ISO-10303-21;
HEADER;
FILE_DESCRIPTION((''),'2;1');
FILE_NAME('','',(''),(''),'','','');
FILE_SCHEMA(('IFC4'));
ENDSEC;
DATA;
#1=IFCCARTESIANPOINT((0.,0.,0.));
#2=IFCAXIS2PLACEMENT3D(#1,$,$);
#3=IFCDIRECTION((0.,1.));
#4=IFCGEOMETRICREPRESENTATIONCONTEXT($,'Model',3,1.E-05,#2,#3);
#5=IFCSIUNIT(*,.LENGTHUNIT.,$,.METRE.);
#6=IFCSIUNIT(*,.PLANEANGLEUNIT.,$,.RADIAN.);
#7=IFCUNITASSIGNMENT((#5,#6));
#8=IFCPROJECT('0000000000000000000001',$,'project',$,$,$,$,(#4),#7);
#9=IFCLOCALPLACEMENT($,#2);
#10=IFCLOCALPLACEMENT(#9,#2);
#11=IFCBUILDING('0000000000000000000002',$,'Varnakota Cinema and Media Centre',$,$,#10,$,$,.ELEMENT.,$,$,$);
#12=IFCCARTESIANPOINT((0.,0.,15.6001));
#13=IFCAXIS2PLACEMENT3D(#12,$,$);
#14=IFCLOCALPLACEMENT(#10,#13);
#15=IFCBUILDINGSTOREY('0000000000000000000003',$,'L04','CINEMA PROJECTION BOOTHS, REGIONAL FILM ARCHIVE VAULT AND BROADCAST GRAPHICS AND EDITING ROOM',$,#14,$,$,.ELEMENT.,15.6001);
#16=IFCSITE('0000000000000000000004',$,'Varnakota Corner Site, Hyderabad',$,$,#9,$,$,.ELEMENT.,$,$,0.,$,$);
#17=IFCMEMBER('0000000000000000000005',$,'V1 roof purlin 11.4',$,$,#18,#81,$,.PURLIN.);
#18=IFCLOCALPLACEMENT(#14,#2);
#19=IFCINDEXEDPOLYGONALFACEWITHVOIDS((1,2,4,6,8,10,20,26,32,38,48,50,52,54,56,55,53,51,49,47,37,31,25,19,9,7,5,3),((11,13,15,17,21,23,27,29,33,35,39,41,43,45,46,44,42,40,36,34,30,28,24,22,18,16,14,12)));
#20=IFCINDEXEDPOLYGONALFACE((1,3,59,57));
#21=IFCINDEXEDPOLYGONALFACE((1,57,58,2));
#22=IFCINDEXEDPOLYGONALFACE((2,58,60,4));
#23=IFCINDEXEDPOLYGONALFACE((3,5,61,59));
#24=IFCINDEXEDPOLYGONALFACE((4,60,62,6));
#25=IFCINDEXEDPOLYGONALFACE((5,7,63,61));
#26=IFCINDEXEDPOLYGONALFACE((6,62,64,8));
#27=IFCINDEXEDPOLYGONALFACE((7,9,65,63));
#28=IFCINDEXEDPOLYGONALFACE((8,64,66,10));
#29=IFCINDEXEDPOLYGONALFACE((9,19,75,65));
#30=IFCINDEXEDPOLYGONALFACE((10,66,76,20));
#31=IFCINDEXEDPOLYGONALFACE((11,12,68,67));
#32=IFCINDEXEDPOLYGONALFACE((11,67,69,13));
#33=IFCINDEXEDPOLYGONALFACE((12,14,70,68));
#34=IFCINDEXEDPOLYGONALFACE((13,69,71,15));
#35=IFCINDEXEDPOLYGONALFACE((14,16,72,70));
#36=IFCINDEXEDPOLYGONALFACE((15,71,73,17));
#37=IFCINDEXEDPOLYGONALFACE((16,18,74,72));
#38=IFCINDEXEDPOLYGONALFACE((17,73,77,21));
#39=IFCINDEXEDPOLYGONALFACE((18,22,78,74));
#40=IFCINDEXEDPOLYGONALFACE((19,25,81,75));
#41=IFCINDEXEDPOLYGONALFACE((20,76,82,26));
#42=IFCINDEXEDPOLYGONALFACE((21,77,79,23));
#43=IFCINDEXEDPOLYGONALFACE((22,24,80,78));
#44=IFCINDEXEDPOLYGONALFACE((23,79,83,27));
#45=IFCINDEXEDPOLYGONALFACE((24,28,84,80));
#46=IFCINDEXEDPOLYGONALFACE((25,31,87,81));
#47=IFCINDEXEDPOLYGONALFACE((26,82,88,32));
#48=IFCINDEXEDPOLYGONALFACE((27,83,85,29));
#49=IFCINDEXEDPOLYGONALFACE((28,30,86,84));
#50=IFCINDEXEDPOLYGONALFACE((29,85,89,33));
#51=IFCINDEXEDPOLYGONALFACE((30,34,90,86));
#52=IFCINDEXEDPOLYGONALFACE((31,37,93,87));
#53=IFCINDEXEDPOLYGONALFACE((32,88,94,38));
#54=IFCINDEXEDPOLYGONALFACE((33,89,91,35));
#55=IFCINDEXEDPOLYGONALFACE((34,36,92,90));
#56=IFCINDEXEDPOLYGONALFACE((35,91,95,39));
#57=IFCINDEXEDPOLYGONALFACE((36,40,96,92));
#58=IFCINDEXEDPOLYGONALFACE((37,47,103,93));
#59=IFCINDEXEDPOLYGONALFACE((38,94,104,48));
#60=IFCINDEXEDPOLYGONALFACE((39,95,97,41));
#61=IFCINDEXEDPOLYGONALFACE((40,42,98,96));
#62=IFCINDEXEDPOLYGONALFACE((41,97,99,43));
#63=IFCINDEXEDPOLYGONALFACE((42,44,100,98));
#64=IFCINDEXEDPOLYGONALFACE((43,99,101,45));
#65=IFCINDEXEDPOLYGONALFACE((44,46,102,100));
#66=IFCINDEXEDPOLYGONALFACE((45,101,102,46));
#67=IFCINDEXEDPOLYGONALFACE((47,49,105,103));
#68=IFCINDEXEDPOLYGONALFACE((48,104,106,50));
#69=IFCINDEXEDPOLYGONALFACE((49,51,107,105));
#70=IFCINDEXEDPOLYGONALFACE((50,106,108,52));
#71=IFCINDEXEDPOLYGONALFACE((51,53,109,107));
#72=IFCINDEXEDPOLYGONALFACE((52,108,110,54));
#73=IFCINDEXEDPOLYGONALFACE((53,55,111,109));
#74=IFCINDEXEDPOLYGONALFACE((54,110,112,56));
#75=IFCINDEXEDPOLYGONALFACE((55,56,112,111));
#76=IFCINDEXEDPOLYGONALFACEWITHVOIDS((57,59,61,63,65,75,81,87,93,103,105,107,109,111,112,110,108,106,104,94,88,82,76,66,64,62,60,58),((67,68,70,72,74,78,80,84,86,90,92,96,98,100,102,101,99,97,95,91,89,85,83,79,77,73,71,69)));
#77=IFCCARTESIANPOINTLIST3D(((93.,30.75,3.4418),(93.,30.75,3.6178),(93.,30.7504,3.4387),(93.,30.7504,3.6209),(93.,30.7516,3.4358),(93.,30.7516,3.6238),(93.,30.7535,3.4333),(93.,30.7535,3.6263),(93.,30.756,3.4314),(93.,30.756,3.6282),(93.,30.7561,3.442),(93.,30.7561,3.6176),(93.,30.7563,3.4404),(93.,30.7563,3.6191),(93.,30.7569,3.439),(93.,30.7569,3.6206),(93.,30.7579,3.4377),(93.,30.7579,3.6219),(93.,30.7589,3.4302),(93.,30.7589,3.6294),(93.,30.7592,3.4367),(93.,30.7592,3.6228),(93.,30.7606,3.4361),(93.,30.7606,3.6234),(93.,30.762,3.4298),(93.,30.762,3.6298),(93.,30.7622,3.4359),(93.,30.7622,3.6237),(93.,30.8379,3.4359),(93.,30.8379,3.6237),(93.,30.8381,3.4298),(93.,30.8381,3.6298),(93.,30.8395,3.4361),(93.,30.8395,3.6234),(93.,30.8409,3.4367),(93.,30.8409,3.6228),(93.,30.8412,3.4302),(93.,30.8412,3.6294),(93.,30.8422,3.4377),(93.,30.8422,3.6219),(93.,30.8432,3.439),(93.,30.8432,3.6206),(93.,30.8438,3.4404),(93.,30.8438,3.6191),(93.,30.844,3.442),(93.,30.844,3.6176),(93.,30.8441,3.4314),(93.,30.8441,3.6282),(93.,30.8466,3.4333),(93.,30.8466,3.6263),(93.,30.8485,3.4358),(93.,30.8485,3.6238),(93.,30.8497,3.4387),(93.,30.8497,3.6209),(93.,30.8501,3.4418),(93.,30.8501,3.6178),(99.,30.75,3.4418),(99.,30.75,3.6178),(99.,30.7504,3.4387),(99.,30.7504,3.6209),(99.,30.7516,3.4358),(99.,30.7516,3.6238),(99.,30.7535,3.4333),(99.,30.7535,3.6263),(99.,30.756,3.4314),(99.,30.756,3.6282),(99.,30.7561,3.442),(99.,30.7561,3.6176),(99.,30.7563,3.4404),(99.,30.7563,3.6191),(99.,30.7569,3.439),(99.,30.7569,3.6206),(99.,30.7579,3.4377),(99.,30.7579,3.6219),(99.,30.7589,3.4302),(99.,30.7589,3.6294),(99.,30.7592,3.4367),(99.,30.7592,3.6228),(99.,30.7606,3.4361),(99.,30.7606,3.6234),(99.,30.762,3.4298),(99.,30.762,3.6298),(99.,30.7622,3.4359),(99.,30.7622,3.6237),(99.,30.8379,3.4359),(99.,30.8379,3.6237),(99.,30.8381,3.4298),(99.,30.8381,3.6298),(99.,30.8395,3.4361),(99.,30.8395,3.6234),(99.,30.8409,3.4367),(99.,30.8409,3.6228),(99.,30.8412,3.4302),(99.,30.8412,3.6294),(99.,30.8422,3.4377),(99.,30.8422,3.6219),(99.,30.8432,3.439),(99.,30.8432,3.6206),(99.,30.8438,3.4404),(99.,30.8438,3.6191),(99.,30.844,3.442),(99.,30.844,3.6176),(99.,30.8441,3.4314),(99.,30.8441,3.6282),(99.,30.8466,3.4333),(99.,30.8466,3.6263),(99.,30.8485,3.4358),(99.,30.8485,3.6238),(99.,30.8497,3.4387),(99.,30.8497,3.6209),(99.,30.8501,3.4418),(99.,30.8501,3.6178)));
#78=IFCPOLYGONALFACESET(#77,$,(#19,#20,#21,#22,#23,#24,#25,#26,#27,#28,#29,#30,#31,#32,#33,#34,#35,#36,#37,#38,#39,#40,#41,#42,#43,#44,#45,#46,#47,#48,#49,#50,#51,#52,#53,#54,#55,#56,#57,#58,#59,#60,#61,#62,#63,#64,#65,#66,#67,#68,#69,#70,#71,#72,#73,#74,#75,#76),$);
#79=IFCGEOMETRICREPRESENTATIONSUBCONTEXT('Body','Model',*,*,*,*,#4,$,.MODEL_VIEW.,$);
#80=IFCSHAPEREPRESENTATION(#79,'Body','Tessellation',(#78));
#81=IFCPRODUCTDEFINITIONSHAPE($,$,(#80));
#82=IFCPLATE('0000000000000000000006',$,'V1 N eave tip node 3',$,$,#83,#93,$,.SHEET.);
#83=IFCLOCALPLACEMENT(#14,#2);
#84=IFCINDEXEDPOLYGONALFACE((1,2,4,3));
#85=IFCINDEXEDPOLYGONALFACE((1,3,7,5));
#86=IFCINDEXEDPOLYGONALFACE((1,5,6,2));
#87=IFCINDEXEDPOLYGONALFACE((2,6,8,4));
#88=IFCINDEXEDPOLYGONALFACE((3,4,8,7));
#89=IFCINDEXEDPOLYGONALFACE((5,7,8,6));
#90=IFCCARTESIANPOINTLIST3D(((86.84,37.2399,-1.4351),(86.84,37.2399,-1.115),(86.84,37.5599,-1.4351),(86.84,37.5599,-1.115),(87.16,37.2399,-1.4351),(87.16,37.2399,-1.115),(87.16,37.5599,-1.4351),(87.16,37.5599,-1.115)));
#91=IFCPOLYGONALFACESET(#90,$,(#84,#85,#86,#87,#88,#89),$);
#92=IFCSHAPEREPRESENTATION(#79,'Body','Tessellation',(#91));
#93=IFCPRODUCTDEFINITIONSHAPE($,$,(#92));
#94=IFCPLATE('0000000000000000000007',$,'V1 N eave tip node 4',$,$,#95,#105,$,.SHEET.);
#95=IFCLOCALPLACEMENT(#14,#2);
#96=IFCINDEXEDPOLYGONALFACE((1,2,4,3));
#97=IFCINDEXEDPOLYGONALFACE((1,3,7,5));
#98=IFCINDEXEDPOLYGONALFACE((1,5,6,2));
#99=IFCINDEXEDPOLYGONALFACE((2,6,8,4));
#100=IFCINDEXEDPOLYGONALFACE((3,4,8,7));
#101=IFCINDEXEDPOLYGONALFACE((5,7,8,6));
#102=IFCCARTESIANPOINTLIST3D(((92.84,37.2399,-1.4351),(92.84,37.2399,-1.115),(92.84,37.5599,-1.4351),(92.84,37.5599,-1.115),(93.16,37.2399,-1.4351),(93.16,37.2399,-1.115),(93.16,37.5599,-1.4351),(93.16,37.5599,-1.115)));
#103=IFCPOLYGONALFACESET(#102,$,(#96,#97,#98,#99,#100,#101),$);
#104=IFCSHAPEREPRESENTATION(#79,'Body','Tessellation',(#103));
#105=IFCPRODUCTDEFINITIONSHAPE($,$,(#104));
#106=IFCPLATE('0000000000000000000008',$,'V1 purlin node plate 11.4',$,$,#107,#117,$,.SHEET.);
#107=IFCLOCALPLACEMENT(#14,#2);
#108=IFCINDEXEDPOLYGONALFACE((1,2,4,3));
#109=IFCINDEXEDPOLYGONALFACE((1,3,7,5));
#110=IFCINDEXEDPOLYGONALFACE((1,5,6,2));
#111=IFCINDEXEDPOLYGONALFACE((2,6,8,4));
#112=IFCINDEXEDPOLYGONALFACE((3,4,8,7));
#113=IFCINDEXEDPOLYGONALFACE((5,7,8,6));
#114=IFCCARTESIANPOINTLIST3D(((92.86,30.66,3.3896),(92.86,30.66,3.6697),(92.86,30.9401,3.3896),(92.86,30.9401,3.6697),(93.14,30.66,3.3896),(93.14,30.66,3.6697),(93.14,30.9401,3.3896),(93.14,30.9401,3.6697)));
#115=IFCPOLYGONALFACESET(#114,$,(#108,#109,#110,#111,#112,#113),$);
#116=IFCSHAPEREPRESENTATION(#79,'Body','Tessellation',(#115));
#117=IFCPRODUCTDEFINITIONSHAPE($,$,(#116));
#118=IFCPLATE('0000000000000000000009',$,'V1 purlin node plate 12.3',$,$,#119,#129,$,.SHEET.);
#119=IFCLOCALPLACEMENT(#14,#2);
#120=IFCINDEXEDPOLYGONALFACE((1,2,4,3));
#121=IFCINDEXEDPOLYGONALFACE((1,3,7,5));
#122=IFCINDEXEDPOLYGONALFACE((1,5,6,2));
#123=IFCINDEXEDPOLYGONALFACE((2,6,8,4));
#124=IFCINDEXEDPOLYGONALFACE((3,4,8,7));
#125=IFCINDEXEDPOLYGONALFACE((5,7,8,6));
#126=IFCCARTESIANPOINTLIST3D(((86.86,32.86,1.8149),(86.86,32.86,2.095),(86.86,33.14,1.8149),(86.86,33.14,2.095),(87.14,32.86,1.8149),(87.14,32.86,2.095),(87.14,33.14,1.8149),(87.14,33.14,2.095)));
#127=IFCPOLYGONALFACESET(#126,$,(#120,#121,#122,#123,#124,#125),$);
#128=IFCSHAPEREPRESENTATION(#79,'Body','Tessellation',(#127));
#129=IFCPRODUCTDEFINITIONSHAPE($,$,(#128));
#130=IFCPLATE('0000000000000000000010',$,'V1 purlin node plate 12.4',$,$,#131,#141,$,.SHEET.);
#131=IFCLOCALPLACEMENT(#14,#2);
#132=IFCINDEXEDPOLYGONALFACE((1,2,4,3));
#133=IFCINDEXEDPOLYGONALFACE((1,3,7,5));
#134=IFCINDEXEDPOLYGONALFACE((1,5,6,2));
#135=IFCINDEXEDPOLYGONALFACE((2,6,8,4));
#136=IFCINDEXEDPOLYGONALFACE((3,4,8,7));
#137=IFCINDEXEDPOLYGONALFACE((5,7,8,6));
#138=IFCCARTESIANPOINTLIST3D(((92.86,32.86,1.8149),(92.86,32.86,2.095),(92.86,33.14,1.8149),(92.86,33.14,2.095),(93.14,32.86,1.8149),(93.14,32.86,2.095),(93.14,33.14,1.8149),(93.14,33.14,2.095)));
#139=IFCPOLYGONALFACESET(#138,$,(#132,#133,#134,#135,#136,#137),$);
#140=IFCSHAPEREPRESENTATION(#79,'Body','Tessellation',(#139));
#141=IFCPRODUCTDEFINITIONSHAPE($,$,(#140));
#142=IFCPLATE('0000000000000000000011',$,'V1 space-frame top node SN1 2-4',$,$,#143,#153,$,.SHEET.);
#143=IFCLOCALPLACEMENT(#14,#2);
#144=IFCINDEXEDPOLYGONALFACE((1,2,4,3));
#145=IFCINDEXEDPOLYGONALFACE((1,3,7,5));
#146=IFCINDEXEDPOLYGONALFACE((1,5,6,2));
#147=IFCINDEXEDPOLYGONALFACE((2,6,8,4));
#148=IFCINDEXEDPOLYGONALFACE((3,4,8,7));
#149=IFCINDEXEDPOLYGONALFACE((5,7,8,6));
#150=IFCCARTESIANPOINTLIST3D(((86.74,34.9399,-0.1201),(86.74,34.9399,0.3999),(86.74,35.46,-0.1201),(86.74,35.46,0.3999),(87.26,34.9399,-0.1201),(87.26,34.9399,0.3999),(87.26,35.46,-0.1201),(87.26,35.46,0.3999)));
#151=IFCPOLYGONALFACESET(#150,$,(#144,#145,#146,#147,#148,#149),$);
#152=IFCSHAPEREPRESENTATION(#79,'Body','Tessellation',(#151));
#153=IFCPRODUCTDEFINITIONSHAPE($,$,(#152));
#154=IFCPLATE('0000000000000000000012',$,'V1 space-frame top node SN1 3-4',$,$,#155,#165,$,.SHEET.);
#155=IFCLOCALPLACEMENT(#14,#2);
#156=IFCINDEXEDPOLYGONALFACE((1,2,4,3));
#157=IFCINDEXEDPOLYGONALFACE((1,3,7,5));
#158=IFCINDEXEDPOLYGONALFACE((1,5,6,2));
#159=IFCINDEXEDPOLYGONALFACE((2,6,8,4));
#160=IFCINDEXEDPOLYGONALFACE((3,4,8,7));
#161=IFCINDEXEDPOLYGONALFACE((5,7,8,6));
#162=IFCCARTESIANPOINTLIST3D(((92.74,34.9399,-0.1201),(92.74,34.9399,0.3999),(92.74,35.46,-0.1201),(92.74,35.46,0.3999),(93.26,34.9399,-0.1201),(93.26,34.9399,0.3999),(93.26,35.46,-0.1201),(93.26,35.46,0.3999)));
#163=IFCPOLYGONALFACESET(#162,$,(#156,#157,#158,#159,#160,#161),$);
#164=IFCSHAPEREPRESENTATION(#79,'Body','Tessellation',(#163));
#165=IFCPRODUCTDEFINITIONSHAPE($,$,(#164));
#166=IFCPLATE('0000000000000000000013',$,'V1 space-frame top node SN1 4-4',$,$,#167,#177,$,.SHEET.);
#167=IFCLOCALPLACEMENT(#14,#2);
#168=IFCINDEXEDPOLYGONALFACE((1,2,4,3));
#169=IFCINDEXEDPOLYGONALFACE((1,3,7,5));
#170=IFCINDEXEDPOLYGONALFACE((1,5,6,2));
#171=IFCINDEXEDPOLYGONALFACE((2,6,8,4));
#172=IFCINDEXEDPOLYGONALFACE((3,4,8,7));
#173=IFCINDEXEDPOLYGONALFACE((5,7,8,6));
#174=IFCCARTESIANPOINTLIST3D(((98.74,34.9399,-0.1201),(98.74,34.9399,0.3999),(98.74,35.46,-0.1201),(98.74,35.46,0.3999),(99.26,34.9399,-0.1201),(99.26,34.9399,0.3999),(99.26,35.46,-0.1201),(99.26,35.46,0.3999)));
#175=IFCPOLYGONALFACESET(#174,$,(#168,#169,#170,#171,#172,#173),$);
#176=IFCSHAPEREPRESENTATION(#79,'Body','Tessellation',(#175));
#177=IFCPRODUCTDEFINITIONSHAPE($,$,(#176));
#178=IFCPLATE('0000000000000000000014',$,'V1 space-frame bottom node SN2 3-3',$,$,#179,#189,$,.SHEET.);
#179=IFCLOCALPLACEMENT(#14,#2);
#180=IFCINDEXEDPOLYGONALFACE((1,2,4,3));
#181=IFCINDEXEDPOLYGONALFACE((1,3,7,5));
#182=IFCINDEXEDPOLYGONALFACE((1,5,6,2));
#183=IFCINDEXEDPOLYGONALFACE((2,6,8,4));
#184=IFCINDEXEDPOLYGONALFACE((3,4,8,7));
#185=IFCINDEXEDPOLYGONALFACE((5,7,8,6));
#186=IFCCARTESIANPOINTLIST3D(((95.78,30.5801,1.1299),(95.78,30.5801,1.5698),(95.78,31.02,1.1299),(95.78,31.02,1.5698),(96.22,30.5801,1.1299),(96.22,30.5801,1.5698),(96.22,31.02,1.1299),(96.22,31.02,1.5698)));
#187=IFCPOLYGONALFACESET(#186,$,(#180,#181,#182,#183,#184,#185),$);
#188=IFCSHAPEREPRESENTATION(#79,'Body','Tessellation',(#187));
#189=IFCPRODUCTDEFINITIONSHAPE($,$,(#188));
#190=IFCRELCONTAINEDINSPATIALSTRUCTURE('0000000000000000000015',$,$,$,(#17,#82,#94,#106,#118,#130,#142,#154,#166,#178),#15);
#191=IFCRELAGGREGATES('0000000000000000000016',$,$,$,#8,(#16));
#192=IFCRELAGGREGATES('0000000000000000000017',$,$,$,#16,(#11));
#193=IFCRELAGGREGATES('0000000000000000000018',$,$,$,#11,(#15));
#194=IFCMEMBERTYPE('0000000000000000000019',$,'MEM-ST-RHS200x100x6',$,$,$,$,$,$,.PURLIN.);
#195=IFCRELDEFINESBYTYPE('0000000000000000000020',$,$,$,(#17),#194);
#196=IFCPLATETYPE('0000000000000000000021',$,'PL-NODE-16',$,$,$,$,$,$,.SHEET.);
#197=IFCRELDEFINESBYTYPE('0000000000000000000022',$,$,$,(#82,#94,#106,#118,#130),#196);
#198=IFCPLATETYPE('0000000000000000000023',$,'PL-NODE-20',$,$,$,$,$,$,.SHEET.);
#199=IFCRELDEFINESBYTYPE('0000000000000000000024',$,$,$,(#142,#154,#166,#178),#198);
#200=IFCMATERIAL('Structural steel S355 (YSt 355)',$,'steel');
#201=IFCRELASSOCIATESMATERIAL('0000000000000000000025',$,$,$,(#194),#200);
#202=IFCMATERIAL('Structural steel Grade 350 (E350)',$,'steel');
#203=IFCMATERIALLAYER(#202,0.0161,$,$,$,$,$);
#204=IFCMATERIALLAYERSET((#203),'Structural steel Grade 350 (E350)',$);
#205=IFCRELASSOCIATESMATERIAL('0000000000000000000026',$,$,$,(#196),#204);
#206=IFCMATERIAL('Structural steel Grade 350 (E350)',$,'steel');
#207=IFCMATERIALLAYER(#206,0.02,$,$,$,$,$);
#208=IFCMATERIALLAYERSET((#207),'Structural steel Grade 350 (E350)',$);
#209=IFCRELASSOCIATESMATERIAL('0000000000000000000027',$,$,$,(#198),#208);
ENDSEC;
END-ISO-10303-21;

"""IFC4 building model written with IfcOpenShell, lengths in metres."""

from ifc_helpers import new_model, si_unit, direction, frame, origin, origin_2d, place, context, subcontext, project, spatial, rectangle, hollow_rectangle, extrude, material, layer, layer_set, material_profile, profile_set, type_object, element, save


model = new_model("IFC4")

# Units and contexts
model_context = context("Model", 3, precision=1e-05, world=origin(), true_north=direction((0.0, 1.0)))
body_context = subcontext(model_context, "Body", "Model", "MODEL_VIEW")
ifc_project = project(units=[si_unit("LENGTHUNIT", "METRE"), si_unit("PLANEANGLEUNIT", "RADIAN")], contexts=[model_context])

# Site, building, storey
site_placement = place(None, origin())
site = spatial("IfcSite", under=ifc_project, at=site_placement, Name="Varnakota Corner Site, Hyderabad", CompositionType="ELEMENT", RefElevation=0.0)
building_placement = place(site_placement, origin())
building = spatial("IfcBuilding", under=site, at=building_placement, Name="Varnakota Cinema and Media Centre", CompositionType="ELEMENT")
storey_placement = place(building_placement, frame((0.0, 0.0, 15.6001)))
storey = spatial("IfcBuildingStorey", under=building, at=storey_placement, Name="L04", Description="CINEMA PROJECTION BOOTHS, REGIONAL FILM ARCHIVE VAULT AND BROADCAST GRAPHICS AND EDITING ROOM", CompositionType="ELEMENT", Elevation=15.6001)

# Member
ifc_material_1 = material(Name="Structural steel S355 (YSt 355)", Category="steel")
ifc_material_profile_1 = material_profile(ifc_material_1, hollow_rectangle(XDim=0.1001, YDim=0.2, WallThickness=0.0061, InnerFilletRadius=0.0061, OuterFilletRadius=0.012, at=origin_2d()), Name="RHS 200x100x6")
ifc_profile_set_1 = profile_set([ifc_material_profile_1], Name="Structural steel S355 (YSt 355)")
member_type_1 = type_object("IfcMemberType", Name="MEM-ST-RHS200x100x6", PredefinedType="PURLIN", material=ifc_profile_set_1)
member_1_placement = place(storey_placement, frame((93.0, 30.8, 3.5298), z_axis=(1.0, 0.0, 0.0), x_axis=(0.0, 1.0, 0.0)))
element("IfcMember", 1, at=member_1_placement, inside=storey, type_object=member_type_1, Name="V1 roof purlin 11.4", PredefinedType="PURLIN", context=body_context, shape_type="SweptSolid", body=[
    extrude(hollow_rectangle(XDim=0.1001, YDim=0.2, WallThickness=0.0061, InnerFilletRadius=0.0061, OuterFilletRadius=0.012, at=origin_2d()), origin(), (0.0, 0.0, 1.0), 6.0),
])

# Plates
ifc_material_2 = material(Name="Structural steel Grade 350 (E350)", Category="steel")
ifc_layer_1 = layer(ifc_material_2, 0.0161)
ifc_layer_set_1 = layer_set([ifc_layer_1], Name="Structural steel Grade 350 (E350)")
plate_type_1 = type_object("IfcPlateType", Name="PL-NODE-16", PredefinedType="SHEET", material=ifc_layer_set_1)
for number, where, z_axis, x_axis, name in (
    (2, (87.0, 37.3999, -1.4351), (0.0, 0.0, 1.0), (1.0, 0.0, 0.0), "V1 N eave tip node 3"),
    (3, (93.0, 37.3999, -1.4351), (0.0, 0.0, 1.0), (1.0, 0.0, 0.0), "V1 N eave tip node 4"),
):
    element("IfcPlate", number, at=place(storey_placement, frame(where, z_axis=z_axis, x_axis=x_axis)), inside=storey, type_object=plate_type_1, Name=name, PredefinedType="SHEET", context=body_context, shape_type="SweptSolid", body=[
        extrude(rectangle(XDim=0.3201, YDim=0.3201, at=origin_2d()), origin(), (0.0, 0.0, 1.0), 0.3201),
    ])
for number, where, z_axis, x_axis, name in (
    (4, (93.0, 30.8, 3.3896), (0.0, 0.0, 1.0), (1.0, 0.0, 0.0), "V1 purlin node plate 11.4"),
    (5, (87.0, 33.0, 1.8149), (0.0, 0.0, 1.0), (1.0, 0.0, 0.0), "V1 purlin node plate 12.3"),
    (6, (93.0, 33.0, 1.8149), (0.0, 0.0, 1.0), (1.0, 0.0, 0.0), "V1 purlin node plate 12.4"),
):
    element("IfcPlate", number, at=place(storey_placement, frame(where, z_axis=z_axis, x_axis=x_axis)), inside=storey, type_object=plate_type_1, Name=name, PredefinedType="SHEET", context=body_context, shape_type="SweptSolid", body=[
        extrude(rectangle(XDim=0.28, YDim=0.28, at=origin_2d()), origin(), (0.0, 0.0, 1.0), 0.28),
    ])
ifc_material_3 = material(Name="Structural steel Grade 350 (E350)", Category="steel")
ifc_layer_2 = layer(ifc_material_3, 0.02)
ifc_layer_set_2 = layer_set([ifc_layer_2], Name="Structural steel Grade 350 (E350)")
plate_type_2 = type_object("IfcPlateType", Name="PL-NODE-20", PredefinedType="SHEET", material=ifc_layer_set_2)
for number, where, z_axis, x_axis, name in (
    (7, (87.0, 35.2, -0.1201), (0.0, 0.0, 1.0), (1.0, 0.0, 0.0), "V1 space-frame top node SN1 2-4"),
    (8, (93.0, 35.2, -0.1201), (0.0, 0.0, 1.0), (1.0, 0.0, 0.0), "V1 space-frame top node SN1 3-4"),
    (9, (99.0, 35.2, -0.1201), (0.0, 0.0, 1.0), (1.0, 0.0, 0.0), "V1 space-frame top node SN1 4-4"),
):
    element("IfcPlate", number, at=place(storey_placement, frame(where, z_axis=z_axis, x_axis=x_axis)), inside=storey, type_object=plate_type_2, Name=name, PredefinedType="SHEET", context=body_context, shape_type="SweptSolid", body=[
        extrude(rectangle(XDim=0.52, YDim=0.52, at=origin_2d()), origin(), (0.0, 0.0, 1.0), 0.52),
    ])
plate_placement = place(storey_placement, frame((96.0, 30.8, 1.1299), z_axis=(0.0, 0.0, 1.0), x_axis=(1.0, 0.0, 0.0)))
element("IfcPlate", 10, at=plate_placement, inside=storey, type_object=plate_type_2, Name="V1 space-frame bottom node SN2 3-3", PredefinedType="SHEET", context=body_context, shape_type="SweptSolid", body=[
    extrude(rectangle(XDim=0.4399, YDim=0.4399, at=origin_2d()), origin(), (0.0, 0.0, 1.0), 0.4399),
])

save(model, "model.ifc")
